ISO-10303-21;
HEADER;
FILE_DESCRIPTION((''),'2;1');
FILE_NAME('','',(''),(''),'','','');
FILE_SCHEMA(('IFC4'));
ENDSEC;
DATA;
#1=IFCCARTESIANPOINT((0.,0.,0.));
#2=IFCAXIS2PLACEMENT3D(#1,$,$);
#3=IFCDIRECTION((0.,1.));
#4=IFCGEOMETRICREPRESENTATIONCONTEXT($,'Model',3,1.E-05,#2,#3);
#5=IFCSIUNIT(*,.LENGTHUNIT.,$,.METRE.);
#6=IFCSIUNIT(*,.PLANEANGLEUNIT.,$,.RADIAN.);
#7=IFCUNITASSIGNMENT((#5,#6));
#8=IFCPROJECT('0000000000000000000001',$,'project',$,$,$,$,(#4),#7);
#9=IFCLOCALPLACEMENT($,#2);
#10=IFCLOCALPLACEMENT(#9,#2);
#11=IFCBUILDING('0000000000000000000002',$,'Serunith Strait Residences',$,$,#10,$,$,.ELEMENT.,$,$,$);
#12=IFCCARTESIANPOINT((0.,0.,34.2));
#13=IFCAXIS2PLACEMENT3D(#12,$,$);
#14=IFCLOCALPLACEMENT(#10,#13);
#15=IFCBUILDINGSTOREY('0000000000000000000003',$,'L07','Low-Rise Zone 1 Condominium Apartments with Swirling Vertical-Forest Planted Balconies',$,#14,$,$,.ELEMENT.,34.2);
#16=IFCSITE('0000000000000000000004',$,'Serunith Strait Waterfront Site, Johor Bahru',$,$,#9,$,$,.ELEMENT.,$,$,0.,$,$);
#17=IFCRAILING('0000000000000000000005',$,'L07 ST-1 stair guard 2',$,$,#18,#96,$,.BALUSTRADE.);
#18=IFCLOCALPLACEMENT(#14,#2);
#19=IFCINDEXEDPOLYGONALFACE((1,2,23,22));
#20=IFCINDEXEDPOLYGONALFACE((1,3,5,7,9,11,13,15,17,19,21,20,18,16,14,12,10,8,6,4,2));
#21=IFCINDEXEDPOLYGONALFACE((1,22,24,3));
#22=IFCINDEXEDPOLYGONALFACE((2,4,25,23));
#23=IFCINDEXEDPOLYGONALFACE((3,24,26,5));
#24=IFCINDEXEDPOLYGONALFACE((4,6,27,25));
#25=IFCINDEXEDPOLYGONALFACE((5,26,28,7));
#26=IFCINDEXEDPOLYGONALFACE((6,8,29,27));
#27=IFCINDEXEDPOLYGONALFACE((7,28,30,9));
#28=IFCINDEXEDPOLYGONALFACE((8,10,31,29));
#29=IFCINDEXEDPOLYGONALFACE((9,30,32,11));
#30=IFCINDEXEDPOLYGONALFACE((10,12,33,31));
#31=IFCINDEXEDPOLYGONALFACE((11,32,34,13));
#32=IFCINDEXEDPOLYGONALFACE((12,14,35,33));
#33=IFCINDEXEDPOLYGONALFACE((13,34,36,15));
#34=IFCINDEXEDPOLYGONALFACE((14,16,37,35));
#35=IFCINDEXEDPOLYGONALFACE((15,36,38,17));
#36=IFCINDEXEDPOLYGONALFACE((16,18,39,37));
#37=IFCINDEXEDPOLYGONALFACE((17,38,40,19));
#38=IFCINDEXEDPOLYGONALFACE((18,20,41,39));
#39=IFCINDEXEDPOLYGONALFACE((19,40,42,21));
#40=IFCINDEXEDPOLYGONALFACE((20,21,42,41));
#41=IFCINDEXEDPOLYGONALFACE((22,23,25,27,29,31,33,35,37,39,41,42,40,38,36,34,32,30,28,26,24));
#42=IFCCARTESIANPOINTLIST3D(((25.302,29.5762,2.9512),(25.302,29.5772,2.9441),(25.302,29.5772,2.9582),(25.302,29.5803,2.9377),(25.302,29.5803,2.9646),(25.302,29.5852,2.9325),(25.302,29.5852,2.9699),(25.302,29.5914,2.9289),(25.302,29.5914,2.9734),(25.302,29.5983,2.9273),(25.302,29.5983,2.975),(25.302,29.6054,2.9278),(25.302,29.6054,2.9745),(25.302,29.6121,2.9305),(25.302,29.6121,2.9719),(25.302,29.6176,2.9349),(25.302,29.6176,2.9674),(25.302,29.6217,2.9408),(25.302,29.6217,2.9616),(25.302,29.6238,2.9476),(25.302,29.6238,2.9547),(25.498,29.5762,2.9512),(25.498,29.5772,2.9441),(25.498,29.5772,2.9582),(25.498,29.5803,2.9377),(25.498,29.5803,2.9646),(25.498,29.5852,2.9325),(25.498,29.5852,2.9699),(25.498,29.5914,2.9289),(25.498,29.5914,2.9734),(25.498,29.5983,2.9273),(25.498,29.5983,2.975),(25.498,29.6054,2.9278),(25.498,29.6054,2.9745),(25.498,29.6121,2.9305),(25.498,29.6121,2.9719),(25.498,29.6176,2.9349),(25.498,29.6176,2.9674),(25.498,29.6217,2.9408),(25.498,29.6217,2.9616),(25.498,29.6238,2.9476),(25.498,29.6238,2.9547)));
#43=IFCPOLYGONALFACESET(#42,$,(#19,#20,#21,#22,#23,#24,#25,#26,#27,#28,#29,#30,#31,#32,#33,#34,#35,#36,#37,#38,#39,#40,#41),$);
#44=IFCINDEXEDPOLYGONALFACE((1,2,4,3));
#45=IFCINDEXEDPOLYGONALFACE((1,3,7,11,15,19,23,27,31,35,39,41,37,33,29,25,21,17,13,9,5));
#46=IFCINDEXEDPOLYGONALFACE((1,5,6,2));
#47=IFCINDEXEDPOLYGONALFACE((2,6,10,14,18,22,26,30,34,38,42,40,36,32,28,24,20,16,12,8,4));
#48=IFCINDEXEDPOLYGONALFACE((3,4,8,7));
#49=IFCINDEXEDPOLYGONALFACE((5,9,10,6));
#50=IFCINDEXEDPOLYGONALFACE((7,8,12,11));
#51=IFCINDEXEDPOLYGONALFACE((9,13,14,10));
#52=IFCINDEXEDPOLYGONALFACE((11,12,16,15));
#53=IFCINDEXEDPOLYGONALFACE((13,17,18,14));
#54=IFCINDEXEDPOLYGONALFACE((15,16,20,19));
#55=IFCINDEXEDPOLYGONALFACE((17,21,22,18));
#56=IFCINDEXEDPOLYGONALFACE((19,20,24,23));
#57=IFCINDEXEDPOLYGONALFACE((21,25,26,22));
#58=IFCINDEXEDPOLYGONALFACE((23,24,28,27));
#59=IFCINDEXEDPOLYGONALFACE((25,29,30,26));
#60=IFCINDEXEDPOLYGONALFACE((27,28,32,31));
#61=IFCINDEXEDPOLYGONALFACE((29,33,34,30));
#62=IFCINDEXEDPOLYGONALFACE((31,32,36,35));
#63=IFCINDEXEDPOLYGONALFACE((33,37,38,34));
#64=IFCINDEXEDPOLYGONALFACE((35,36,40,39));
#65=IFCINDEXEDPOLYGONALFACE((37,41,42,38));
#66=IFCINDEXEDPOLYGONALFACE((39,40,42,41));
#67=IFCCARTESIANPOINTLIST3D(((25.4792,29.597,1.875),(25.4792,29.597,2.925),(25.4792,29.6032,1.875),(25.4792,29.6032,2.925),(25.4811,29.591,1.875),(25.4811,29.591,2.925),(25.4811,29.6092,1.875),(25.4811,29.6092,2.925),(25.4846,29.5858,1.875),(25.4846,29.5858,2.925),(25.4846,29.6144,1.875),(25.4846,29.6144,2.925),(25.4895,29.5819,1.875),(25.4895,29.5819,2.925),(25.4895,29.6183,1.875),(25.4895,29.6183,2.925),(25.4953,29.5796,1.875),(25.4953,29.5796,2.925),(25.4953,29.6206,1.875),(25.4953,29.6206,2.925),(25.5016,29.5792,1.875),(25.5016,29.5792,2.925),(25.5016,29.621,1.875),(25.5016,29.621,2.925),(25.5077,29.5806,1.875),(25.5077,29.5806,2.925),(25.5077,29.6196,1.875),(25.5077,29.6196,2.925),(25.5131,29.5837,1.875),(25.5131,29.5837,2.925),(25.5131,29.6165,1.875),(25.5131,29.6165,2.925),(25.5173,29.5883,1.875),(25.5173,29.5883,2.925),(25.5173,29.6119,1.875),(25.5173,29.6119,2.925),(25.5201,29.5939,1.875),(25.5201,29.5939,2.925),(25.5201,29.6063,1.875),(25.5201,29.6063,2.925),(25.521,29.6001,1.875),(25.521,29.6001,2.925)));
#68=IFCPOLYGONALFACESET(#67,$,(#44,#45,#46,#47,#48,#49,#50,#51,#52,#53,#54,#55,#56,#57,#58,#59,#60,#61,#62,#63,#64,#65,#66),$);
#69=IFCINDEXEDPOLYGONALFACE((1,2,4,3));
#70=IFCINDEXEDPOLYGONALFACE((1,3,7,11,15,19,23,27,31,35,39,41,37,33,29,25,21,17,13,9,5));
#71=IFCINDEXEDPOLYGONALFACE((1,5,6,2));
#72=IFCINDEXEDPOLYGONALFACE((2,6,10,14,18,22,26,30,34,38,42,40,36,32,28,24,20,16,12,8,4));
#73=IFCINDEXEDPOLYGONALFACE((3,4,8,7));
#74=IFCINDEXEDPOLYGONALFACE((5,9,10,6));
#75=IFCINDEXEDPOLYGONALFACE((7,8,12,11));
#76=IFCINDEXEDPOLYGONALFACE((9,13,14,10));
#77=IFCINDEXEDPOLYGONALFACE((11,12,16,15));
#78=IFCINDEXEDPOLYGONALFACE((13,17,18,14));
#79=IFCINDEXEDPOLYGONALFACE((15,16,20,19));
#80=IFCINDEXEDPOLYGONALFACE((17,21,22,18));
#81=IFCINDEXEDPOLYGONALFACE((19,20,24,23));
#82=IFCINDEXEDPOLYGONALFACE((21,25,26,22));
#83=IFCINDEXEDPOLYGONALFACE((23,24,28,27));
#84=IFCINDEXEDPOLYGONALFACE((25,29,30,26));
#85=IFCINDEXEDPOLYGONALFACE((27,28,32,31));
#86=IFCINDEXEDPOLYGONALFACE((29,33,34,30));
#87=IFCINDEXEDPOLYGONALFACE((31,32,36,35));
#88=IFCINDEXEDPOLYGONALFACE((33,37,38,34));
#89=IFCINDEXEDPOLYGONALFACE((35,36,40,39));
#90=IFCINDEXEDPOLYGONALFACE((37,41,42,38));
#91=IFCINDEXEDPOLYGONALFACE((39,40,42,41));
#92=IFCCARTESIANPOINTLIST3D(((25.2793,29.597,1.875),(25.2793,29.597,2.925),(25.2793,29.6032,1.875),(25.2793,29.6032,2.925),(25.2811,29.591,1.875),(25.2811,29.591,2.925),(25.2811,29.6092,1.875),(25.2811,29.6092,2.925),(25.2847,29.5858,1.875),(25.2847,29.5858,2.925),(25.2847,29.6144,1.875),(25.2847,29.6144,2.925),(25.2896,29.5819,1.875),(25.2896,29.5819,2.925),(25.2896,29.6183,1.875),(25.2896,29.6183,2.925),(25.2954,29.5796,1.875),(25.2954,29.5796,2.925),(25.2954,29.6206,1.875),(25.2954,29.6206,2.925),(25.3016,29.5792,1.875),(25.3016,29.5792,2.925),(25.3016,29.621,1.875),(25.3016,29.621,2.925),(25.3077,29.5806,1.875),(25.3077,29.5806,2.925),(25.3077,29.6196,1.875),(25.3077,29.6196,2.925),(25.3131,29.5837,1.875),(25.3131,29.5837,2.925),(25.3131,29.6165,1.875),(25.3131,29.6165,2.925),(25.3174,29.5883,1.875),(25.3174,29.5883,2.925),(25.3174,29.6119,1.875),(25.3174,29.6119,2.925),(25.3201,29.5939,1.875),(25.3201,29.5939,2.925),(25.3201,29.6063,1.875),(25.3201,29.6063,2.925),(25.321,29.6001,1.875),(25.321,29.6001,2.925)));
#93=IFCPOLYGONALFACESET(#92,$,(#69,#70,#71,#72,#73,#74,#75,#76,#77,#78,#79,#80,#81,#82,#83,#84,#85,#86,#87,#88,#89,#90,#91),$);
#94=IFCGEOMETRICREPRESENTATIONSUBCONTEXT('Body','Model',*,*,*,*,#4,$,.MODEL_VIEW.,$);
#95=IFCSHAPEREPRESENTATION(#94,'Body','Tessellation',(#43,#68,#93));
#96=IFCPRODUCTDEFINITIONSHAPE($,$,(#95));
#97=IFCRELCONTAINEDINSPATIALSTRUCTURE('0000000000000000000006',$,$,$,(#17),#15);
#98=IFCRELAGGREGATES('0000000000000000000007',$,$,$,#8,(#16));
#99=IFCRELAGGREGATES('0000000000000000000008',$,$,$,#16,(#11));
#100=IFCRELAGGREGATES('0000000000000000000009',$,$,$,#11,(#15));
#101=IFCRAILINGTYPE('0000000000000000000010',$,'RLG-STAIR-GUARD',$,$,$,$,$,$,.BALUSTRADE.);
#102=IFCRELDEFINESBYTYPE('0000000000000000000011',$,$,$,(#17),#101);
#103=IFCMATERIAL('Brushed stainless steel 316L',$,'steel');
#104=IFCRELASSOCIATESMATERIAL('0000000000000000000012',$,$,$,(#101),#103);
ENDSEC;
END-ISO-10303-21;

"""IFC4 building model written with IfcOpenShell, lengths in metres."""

from ifc_helpers import new_model, si_unit, direction, frame, origin, origin_2d, place, context, subcontext, project, spatial, circle, extrude, material, type_object, element, save


model = new_model("IFC4")

# Units and contexts
model_context = context("Model", 3, precision=1e-05, world=origin(), true_north=direction((0.0, 1.0)))
body_context = subcontext(model_context, "Body", "Model", "MODEL_VIEW")
ifc_project = project(units=[si_unit("LENGTHUNIT", "METRE"), si_unit("PLANEANGLEUNIT", "RADIAN")], contexts=[model_context])

# Site, building, storey
site_placement = place(None, origin())
site = spatial("IfcSite", under=ifc_project, at=site_placement, Name="Serunith Strait Waterfront Site, Johor Bahru", CompositionType="ELEMENT", RefElevation=0.0)
building_placement = place(site_placement, origin())
building = spatial("IfcBuilding", under=site, at=building_placement, Name="Serunith Strait Residences", CompositionType="ELEMENT")
storey_placement = place(building_placement, frame((0.0, 0.0, 34.2)))
storey = spatial("IfcBuildingStorey", under=building, at=storey_placement, Name="L07", Description="Low-Rise Zone 1 Condominium Apartments with Swirling Vertical-Forest Planted Balconies", CompositionType="ELEMENT", Elevation=34.2)

# Railing
ifc_material_1 = material(Name="Brushed stainless steel 316L", Category="steel")
railing_type_1 = type_object("IfcRailingType", Name="RLG-STAIR-GUARD", PredefinedType="BALUSTRADE", material=ifc_material_1)
railing_1_placement = place(storey_placement, frame((25.5, 29.6001, 1.875)))
element("IfcRailing", 1, at=railing_1_placement, inside=storey, type_object=railing_type_1, Name="L07 ST-1 stair guard 2", PredefinedType="BALUSTRADE", context=body_context, shape_type="SweptSolid", body=[
    extrude(circle(Radius=0.0239, at=origin_2d()), frame((-0.002, 0.0, 1.0762), z_axis=(-1.0, 0.0, 0.0), x_axis=(0.0, -1.0, 0.0)), (0.0, 0.0, 1.0), 0.196),
    extrude(circle(Radius=0.021, at=origin_2d()), origin(), (0.0, 0.0, 1.0), 1.05),
    extrude(circle(Radius=0.021, at=origin_2d()), frame((-0.2, 0.0, 0.0)), (0.0, 0.0, 1.0), 1.05),
])

save(model, "model.ifc")
